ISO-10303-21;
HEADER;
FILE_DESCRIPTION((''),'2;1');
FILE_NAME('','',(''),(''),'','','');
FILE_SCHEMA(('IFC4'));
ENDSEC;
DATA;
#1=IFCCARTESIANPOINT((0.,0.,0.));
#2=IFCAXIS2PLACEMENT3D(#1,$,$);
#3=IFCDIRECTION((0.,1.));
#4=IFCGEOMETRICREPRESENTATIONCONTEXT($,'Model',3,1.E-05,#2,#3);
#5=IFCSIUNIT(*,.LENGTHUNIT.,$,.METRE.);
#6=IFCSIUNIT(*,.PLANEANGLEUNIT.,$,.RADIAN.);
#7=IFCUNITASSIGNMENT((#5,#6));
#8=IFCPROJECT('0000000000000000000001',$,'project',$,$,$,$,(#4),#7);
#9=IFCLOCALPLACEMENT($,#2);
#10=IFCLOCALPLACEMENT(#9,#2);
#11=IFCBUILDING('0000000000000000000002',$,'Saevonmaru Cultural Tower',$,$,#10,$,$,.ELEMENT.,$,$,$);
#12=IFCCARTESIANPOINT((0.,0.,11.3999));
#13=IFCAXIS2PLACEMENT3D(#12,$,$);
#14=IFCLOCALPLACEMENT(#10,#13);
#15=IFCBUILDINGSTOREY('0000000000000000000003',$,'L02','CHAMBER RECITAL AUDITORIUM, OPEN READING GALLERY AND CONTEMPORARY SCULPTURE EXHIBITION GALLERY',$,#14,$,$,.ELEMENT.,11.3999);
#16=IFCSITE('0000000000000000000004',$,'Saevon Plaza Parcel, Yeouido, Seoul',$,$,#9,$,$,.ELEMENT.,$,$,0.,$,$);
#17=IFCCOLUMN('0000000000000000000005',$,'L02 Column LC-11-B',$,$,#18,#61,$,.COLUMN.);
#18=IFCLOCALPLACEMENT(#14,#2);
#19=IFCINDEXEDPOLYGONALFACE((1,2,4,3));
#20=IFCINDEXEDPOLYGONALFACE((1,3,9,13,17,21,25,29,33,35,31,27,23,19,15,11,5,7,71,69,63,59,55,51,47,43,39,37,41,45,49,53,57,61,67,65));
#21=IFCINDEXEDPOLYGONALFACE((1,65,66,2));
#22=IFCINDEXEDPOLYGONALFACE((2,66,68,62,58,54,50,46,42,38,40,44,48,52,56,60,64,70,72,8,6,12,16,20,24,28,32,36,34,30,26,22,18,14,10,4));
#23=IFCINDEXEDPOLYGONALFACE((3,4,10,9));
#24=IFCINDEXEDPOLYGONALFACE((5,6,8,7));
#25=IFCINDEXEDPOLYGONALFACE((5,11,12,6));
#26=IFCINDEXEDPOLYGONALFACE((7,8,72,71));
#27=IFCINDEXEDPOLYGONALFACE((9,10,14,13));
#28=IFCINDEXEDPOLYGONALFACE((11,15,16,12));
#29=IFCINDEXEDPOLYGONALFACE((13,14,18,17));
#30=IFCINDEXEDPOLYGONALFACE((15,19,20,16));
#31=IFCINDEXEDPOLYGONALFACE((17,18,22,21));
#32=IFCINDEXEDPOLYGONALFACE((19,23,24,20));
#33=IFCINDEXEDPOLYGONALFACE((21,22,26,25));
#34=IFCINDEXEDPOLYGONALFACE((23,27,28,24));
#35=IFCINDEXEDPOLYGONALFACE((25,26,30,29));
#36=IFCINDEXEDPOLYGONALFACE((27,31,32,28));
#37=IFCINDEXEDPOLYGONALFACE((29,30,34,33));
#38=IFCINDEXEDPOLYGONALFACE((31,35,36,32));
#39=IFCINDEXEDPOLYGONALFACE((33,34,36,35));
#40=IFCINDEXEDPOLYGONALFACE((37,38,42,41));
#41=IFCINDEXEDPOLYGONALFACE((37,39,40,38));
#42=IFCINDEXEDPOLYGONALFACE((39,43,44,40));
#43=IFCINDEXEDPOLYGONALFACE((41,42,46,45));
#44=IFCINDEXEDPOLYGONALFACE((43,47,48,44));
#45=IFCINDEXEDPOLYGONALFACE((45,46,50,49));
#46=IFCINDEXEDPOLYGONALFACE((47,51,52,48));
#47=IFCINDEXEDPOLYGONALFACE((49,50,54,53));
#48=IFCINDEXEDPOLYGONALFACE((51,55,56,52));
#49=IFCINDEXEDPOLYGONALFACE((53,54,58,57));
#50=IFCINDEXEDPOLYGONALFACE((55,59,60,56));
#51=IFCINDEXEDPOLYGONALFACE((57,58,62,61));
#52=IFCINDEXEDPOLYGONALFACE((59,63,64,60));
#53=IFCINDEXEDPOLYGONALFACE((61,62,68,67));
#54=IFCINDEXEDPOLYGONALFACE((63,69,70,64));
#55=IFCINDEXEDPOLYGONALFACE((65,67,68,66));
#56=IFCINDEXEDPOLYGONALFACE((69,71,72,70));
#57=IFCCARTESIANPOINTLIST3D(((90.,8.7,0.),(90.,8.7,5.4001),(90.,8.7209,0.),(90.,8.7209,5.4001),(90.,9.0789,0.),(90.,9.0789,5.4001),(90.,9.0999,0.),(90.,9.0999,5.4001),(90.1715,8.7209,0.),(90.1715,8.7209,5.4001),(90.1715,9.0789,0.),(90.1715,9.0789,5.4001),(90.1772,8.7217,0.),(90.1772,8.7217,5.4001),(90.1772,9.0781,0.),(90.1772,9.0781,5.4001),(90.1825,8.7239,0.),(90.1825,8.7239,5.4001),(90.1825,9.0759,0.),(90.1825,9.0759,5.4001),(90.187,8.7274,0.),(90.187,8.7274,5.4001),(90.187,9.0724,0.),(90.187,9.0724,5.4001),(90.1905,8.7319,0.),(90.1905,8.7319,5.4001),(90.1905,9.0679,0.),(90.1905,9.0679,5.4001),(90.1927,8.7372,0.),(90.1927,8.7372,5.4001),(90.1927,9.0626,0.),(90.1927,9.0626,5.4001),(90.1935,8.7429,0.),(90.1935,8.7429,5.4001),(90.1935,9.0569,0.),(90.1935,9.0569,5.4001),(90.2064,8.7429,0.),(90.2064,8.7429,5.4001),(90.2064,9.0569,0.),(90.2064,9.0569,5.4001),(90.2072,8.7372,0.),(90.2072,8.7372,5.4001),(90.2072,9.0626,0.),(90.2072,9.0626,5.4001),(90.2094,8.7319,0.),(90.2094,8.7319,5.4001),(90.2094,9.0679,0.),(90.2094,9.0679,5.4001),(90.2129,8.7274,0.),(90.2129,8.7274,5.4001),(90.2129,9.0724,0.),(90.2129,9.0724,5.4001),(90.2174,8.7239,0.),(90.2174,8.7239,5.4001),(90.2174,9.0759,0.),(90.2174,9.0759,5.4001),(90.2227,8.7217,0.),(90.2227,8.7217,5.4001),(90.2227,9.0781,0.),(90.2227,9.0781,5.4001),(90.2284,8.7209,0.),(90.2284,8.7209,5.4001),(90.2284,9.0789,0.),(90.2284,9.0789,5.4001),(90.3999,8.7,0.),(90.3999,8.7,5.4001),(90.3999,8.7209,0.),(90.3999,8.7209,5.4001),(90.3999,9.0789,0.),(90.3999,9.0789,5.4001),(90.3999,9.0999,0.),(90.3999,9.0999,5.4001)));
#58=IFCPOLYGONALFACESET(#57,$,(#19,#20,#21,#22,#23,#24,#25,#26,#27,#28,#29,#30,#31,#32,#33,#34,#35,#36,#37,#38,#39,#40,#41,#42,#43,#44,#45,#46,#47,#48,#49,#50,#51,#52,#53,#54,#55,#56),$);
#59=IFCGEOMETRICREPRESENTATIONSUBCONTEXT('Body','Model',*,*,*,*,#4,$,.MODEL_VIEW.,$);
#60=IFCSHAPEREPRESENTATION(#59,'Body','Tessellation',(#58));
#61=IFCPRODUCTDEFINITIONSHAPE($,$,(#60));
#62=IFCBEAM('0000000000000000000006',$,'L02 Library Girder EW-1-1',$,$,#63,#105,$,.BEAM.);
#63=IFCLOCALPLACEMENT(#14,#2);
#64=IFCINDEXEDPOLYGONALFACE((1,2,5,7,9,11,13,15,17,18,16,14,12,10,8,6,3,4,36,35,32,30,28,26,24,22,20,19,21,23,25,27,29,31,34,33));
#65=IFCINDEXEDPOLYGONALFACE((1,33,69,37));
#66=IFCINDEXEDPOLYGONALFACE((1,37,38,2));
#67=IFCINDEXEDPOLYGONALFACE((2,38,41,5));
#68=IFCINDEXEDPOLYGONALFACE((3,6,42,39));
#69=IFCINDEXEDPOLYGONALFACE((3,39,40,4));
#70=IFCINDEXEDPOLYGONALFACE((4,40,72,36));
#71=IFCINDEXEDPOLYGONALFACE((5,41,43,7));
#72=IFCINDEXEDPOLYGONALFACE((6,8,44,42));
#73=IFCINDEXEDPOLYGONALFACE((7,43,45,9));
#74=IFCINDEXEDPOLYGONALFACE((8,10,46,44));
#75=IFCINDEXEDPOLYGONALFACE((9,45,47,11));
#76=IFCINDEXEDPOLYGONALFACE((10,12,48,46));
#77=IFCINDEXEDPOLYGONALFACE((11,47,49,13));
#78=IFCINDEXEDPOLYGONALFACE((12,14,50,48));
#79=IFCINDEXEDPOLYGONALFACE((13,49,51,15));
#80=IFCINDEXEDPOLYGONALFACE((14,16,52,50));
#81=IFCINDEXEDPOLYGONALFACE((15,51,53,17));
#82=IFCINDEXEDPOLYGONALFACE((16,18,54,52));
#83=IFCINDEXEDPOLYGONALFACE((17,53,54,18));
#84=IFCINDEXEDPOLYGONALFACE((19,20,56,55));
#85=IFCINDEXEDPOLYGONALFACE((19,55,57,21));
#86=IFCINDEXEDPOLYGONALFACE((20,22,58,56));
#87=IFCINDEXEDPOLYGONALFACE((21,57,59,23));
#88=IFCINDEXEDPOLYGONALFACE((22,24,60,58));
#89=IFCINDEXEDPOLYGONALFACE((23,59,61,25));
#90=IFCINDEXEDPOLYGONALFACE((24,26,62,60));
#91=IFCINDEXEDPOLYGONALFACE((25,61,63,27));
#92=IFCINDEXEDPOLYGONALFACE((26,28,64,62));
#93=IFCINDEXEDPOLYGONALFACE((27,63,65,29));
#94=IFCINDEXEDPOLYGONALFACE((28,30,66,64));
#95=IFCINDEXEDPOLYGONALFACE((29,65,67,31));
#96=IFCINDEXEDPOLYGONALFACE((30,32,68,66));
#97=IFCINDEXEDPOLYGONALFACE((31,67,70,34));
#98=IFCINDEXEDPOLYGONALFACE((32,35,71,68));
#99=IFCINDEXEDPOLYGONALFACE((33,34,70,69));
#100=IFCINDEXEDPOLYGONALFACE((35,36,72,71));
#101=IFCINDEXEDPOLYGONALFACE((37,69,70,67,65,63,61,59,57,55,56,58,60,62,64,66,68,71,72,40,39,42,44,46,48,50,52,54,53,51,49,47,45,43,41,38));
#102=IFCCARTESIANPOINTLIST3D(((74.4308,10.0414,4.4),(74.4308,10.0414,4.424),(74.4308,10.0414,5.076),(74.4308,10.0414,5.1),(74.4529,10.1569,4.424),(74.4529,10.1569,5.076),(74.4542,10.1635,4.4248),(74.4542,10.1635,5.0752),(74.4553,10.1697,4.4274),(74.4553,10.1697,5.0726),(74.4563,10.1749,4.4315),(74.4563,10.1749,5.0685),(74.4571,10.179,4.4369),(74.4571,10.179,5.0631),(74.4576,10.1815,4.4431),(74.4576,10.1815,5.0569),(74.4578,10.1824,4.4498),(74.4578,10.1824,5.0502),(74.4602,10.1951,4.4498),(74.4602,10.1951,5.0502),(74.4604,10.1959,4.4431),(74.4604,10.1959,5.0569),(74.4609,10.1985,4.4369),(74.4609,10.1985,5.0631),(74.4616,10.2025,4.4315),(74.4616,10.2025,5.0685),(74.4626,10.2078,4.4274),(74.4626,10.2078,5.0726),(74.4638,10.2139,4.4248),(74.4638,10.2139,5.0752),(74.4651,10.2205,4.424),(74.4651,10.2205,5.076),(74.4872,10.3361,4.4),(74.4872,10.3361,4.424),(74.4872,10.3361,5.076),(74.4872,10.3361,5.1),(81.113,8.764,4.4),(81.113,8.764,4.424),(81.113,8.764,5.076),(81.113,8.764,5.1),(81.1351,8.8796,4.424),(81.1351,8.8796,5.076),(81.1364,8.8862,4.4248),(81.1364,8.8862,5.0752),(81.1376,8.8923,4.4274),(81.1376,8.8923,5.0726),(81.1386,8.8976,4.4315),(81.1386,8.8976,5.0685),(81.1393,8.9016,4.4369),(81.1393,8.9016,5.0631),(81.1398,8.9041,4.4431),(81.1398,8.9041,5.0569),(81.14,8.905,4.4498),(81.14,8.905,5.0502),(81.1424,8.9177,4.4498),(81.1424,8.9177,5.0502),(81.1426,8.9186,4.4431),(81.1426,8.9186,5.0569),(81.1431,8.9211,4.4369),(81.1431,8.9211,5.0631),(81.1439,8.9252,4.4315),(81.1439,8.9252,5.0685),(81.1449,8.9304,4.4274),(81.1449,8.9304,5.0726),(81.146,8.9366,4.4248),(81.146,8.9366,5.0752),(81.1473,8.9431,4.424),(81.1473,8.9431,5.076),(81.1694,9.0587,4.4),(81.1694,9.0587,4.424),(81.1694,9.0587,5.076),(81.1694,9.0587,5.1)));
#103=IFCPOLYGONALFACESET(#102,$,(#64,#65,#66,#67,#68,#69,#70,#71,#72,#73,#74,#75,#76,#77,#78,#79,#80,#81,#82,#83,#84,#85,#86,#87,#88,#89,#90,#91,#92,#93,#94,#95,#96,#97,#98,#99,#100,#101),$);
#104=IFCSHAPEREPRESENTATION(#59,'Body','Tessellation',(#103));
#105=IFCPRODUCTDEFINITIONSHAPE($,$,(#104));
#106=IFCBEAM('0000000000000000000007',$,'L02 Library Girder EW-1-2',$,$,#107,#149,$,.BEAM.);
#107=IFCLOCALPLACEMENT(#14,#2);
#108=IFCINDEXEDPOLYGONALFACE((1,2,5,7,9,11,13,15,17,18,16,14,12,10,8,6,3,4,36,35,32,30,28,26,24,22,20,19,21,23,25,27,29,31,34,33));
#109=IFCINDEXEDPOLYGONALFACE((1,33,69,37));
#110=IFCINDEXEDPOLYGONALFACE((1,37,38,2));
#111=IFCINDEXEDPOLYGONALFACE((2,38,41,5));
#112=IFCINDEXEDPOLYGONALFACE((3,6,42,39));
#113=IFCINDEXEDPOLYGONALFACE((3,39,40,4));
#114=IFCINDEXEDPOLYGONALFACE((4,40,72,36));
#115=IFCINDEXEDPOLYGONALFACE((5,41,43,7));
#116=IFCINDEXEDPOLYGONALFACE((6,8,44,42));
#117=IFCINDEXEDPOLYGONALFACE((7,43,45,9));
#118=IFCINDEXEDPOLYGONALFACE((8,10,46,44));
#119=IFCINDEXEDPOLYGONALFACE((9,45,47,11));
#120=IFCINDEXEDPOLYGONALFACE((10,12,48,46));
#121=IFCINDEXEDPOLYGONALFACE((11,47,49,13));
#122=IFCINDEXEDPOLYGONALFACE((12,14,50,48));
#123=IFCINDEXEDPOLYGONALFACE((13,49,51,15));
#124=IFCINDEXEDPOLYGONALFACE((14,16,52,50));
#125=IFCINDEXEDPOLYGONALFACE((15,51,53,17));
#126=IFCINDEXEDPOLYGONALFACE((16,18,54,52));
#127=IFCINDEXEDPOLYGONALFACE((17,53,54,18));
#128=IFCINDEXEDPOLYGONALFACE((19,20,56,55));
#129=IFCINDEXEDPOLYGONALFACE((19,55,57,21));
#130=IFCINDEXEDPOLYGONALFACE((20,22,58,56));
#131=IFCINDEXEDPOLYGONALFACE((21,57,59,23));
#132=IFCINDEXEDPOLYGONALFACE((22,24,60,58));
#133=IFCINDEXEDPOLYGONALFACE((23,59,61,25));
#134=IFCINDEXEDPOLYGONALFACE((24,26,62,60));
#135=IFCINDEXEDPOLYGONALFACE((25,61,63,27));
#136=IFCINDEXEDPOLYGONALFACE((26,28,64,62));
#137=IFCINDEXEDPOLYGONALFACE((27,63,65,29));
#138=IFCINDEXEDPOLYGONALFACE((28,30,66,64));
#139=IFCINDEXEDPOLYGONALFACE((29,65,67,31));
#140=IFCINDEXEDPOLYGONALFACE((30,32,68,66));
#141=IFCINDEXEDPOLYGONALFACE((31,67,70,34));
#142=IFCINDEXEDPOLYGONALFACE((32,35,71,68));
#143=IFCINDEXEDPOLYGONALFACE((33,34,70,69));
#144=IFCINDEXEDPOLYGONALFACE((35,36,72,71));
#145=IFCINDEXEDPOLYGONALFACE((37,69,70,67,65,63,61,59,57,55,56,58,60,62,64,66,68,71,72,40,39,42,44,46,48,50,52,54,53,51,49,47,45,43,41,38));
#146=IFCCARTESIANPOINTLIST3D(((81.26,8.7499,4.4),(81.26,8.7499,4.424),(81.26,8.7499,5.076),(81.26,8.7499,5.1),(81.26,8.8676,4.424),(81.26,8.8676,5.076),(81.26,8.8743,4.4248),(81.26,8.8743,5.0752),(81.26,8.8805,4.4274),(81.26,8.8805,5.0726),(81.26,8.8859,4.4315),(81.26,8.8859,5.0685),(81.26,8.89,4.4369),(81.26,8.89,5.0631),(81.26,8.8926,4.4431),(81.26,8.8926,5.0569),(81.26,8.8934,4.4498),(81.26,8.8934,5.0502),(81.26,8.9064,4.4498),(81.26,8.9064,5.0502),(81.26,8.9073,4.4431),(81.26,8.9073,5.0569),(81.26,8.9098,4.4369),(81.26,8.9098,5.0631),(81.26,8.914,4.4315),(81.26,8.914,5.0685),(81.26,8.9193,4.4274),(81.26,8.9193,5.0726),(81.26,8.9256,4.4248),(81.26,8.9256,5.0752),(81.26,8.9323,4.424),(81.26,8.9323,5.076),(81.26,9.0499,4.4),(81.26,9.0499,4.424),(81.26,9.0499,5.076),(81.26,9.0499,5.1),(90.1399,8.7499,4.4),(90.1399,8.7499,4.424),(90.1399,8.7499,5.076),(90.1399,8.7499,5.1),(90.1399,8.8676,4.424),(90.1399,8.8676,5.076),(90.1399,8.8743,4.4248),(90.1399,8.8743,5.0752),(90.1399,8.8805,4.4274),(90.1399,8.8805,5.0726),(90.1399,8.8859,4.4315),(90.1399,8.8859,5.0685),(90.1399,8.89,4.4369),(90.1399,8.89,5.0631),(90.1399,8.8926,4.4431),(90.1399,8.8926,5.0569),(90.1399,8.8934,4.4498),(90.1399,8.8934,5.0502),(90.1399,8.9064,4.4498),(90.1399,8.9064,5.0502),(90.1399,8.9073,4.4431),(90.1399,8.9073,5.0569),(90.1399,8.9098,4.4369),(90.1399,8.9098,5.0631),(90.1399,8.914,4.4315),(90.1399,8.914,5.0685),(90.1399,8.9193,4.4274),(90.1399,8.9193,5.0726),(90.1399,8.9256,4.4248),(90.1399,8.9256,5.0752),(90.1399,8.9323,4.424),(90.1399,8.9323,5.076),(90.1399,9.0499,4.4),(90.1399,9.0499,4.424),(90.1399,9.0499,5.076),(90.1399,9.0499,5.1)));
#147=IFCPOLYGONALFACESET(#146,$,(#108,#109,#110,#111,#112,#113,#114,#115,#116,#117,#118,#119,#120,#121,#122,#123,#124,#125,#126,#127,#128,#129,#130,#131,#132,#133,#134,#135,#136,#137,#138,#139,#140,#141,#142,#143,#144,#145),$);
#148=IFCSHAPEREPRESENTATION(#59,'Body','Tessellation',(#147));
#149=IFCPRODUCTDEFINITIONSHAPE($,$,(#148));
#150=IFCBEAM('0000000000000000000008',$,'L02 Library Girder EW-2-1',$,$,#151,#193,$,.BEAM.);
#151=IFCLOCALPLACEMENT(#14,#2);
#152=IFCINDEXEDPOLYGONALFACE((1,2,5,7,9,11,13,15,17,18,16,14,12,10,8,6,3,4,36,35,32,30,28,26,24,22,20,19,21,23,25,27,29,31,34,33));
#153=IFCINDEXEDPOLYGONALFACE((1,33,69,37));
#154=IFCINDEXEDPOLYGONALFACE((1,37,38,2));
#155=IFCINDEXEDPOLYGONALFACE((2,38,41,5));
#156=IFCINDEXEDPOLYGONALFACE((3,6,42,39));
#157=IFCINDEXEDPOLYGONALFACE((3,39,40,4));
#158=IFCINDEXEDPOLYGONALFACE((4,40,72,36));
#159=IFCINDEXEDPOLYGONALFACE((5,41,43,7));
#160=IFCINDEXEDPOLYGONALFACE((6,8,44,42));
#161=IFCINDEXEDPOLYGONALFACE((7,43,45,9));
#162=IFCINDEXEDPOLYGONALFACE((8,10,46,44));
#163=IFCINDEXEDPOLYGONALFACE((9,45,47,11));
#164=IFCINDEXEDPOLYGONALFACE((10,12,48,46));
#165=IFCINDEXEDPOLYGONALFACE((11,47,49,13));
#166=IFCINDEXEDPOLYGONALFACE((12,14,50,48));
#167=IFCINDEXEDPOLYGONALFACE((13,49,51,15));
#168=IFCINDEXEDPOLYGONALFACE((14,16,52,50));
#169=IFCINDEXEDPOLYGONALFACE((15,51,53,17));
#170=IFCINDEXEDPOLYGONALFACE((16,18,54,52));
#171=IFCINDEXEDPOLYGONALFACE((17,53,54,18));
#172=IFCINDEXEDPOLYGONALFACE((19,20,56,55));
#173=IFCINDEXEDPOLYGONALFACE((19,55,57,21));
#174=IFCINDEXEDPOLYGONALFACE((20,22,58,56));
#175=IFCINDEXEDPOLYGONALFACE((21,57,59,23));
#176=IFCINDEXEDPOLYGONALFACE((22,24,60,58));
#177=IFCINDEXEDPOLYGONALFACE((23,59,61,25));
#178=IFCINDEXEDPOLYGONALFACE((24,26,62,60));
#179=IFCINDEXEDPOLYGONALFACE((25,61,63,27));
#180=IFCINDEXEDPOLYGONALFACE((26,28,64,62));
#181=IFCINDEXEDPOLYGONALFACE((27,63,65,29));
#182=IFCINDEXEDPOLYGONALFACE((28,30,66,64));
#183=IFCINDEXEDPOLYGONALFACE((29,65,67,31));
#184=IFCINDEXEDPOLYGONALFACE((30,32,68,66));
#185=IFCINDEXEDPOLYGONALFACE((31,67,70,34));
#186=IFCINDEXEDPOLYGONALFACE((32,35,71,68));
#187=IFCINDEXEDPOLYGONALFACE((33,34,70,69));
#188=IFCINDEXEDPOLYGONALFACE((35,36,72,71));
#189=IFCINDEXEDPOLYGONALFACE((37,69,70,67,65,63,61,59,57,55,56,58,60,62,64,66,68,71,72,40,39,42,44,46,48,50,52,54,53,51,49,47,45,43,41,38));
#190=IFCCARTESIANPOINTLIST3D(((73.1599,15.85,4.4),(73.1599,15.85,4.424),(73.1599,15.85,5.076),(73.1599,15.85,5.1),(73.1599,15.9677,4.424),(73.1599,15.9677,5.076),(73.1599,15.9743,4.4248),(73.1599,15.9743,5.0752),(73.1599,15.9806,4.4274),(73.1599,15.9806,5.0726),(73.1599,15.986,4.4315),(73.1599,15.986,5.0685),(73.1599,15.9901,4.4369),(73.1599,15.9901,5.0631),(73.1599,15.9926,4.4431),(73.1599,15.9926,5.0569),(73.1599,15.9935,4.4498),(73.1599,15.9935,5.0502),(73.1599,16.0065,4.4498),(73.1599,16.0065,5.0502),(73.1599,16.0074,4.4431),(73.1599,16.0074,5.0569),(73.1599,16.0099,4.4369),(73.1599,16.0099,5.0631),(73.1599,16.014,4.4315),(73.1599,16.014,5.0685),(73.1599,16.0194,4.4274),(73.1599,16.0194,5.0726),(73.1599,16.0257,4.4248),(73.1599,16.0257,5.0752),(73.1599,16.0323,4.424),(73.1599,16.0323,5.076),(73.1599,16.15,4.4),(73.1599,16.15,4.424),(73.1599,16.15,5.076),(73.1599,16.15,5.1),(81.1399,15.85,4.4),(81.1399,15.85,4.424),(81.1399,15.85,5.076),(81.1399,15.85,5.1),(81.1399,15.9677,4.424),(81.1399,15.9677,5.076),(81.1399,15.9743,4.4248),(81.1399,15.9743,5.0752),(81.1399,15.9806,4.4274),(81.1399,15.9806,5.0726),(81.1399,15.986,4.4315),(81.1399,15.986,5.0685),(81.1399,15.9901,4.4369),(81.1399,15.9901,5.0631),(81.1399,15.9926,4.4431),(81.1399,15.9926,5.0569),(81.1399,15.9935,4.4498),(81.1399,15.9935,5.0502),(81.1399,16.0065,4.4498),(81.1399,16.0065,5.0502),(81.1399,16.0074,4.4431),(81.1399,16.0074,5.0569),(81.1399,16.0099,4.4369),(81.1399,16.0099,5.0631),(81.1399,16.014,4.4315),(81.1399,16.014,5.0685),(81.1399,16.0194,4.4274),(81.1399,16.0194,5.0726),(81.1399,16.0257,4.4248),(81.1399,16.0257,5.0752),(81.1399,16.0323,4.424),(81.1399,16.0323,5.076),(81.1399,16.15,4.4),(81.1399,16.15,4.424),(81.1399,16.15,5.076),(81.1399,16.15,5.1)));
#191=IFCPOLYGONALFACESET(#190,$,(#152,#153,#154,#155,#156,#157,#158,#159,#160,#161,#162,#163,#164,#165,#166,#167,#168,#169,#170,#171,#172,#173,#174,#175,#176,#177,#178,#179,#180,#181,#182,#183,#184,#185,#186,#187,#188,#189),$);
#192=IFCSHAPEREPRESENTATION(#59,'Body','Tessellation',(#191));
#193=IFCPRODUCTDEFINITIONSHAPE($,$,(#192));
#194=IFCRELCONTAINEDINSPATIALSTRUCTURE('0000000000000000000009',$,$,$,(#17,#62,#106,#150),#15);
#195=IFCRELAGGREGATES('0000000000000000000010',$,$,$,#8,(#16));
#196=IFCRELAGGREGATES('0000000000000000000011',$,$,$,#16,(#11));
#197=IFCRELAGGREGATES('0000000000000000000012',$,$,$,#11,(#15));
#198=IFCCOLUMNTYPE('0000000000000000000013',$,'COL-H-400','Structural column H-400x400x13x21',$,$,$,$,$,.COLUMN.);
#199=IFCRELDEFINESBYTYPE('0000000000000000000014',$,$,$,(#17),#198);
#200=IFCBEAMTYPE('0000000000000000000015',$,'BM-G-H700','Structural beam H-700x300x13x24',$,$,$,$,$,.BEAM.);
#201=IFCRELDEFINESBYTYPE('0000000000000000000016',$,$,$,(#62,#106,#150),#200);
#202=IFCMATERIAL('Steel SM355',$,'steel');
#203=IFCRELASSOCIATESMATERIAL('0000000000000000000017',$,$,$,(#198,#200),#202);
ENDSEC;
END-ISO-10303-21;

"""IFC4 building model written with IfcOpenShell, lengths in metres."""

from ifc_helpers import new_model, si_unit, direction, frame, origin, origin_2d, place, context, subcontext, project, spatial, i_section, extrude, material, material_profile, profile_set, type_object, element, save


model = new_model("IFC4")

# Units and contexts
model_context = context("Model", 3, precision=1e-05, world=origin(), true_north=direction((0.0, 1.0)))
body_context = subcontext(model_context, "Body", "Model", "MODEL_VIEW")
ifc_project = project(units=[si_unit("LENGTHUNIT", "METRE"), si_unit("PLANEANGLEUNIT", "RADIAN")], contexts=[model_context])

# Site, building, storey
site_placement = place(None, origin())
site = spatial("IfcSite", under=ifc_project, at=site_placement, Name="Saevon Plaza Parcel, Yeouido, Seoul", CompositionType="ELEMENT", RefElevation=0.0)
building_placement = place(site_placement, origin())
building = spatial("IfcBuilding", under=site, at=building_placement, Name="Saevonmaru Cultural Tower", CompositionType="ELEMENT")
storey_placement = place(building_placement, frame((0.0, 0.0, 11.3999)))
storey = spatial("IfcBuildingStorey", under=building, at=storey_placement, Name="L02", Description="CHAMBER RECITAL AUDITORIUM, OPEN READING GALLERY AND CONTEMPORARY SCULPTURE EXHIBITION GALLERY", CompositionType="ELEMENT", Elevation=11.3999)

# Column
ifc_material_1 = material(Name="Steel SM355", Category="steel")
ifc_material_profile_1 = material_profile(ifc_material_1, i_section(OverallWidth=0.3999, OverallDepth=0.3999, WebThickness=0.0129, FlangeThickness=0.021, FilletRadius=0.022, at=origin_2d()), Name="H-400x400x13x21")
ifc_profile_set_1 = profile_set([ifc_material_profile_1], Name="Steel SM355")
column_type_1 = type_object("IfcColumnType", Name="COL-H-400", Description="Structural column H-400x400x13x21", PredefinedType="COLUMN", material=ifc_profile_set_1)
for number, where, z_axis, x_axis, name in (
    (1, (90.2, 8.8999, 0.0), (0.0, 0.0, 1.0), (1.0, 0.0, 0.0), "L02 Column LC-11-B"),
):
    element("IfcColumn", number, at=place(storey_placement, frame(where, z_axis=z_axis, x_axis=x_axis)), inside=storey, type_object=column_type_1, Name=name, PredefinedType="COLUMN", context=body_context, shape_type="SweptSolid", body=[
        extrude(i_section(OverallWidth=0.3999, OverallDepth=0.3999, WebThickness=0.0129, FlangeThickness=0.021, FilletRadius=0.022, at=origin_2d()), origin(), (0.0, 0.0, 1.0), 5.4001),
    ])

# Beams
ifc_material_profile_2 = material_profile(ifc_material_1, i_section(OverallWidth=0.3, OverallDepth=0.7, WebThickness=0.0129, FlangeThickness=0.0239, FilletRadius=0.0259, at=origin_2d()), Name="H-700x300x13x24")
ifc_profile_set_2 = profile_set([ifc_material_profile_2], Name="Steel SM355")
beam_type_1 = type_object("IfcBeamType", Name="BM-G-H700", Description="Structural beam H-700x300x13x24", PredefinedType="BEAM", material=ifc_profile_set_2)
beam_1_placement = place(storey_placement, frame((74.459, 10.1887, 4.75), z_axis=(0.982215, -0.187758, 0.0), x_axis=(0.187758, 0.982215, 0.0)))
element("IfcBeam", 2, at=beam_1_placement, inside=storey, type_object=beam_type_1, Name="L02 Library Girder EW-1-1", PredefinedType="BEAM", context=body_context, shape_type="SweptSolid", body=[
    extrude(i_section(OverallWidth=0.3, OverallDepth=0.7, WebThickness=0.0129, FlangeThickness=0.0239, FilletRadius=0.0259, at=origin_2d()), origin(), (0.0, 0.0, 1.0), 6.8032),
])
beam_2_placement = place(storey_placement, frame((81.26, 8.8999, 4.75), z_axis=(1.0, 0.0, 0.0), x_axis=(0.0, 1.0, 0.0)))
element("IfcBeam", 3, at=beam_2_placement, inside=storey, type_object=beam_type_1, Name="L02 Library Girder EW-1-2", PredefinedType="BEAM", context=body_context, shape_type="SweptSolid", body=[
    extrude(i_section(OverallWidth=0.3, OverallDepth=0.7, WebThickness=0.0129, FlangeThickness=0.0239, FilletRadius=0.0259, at=origin_2d()), origin(), (0.0, 0.0, 1.0), 8.8799),
])
beam_3_placement = place(storey_placement, frame((73.1599, 16.0, 4.75), z_axis=(1.0, 0.0, 0.0), x_axis=(0.0, 1.0, 0.0)))
element("IfcBeam", 4, at=beam_3_placement, inside=storey, type_object=beam_type_1, Name="L02 Library Girder EW-2-1", PredefinedType="BEAM", context=body_context, shape_type="SweptSolid", body=[
    extrude(i_section(OverallWidth=0.3, OverallDepth=0.7, WebThickness=0.0129, FlangeThickness=0.0239, FilletRadius=0.0259, at=origin_2d()), origin(), (0.0, 0.0, 1.0), 7.98),
])

save(model, "model.ifc")
